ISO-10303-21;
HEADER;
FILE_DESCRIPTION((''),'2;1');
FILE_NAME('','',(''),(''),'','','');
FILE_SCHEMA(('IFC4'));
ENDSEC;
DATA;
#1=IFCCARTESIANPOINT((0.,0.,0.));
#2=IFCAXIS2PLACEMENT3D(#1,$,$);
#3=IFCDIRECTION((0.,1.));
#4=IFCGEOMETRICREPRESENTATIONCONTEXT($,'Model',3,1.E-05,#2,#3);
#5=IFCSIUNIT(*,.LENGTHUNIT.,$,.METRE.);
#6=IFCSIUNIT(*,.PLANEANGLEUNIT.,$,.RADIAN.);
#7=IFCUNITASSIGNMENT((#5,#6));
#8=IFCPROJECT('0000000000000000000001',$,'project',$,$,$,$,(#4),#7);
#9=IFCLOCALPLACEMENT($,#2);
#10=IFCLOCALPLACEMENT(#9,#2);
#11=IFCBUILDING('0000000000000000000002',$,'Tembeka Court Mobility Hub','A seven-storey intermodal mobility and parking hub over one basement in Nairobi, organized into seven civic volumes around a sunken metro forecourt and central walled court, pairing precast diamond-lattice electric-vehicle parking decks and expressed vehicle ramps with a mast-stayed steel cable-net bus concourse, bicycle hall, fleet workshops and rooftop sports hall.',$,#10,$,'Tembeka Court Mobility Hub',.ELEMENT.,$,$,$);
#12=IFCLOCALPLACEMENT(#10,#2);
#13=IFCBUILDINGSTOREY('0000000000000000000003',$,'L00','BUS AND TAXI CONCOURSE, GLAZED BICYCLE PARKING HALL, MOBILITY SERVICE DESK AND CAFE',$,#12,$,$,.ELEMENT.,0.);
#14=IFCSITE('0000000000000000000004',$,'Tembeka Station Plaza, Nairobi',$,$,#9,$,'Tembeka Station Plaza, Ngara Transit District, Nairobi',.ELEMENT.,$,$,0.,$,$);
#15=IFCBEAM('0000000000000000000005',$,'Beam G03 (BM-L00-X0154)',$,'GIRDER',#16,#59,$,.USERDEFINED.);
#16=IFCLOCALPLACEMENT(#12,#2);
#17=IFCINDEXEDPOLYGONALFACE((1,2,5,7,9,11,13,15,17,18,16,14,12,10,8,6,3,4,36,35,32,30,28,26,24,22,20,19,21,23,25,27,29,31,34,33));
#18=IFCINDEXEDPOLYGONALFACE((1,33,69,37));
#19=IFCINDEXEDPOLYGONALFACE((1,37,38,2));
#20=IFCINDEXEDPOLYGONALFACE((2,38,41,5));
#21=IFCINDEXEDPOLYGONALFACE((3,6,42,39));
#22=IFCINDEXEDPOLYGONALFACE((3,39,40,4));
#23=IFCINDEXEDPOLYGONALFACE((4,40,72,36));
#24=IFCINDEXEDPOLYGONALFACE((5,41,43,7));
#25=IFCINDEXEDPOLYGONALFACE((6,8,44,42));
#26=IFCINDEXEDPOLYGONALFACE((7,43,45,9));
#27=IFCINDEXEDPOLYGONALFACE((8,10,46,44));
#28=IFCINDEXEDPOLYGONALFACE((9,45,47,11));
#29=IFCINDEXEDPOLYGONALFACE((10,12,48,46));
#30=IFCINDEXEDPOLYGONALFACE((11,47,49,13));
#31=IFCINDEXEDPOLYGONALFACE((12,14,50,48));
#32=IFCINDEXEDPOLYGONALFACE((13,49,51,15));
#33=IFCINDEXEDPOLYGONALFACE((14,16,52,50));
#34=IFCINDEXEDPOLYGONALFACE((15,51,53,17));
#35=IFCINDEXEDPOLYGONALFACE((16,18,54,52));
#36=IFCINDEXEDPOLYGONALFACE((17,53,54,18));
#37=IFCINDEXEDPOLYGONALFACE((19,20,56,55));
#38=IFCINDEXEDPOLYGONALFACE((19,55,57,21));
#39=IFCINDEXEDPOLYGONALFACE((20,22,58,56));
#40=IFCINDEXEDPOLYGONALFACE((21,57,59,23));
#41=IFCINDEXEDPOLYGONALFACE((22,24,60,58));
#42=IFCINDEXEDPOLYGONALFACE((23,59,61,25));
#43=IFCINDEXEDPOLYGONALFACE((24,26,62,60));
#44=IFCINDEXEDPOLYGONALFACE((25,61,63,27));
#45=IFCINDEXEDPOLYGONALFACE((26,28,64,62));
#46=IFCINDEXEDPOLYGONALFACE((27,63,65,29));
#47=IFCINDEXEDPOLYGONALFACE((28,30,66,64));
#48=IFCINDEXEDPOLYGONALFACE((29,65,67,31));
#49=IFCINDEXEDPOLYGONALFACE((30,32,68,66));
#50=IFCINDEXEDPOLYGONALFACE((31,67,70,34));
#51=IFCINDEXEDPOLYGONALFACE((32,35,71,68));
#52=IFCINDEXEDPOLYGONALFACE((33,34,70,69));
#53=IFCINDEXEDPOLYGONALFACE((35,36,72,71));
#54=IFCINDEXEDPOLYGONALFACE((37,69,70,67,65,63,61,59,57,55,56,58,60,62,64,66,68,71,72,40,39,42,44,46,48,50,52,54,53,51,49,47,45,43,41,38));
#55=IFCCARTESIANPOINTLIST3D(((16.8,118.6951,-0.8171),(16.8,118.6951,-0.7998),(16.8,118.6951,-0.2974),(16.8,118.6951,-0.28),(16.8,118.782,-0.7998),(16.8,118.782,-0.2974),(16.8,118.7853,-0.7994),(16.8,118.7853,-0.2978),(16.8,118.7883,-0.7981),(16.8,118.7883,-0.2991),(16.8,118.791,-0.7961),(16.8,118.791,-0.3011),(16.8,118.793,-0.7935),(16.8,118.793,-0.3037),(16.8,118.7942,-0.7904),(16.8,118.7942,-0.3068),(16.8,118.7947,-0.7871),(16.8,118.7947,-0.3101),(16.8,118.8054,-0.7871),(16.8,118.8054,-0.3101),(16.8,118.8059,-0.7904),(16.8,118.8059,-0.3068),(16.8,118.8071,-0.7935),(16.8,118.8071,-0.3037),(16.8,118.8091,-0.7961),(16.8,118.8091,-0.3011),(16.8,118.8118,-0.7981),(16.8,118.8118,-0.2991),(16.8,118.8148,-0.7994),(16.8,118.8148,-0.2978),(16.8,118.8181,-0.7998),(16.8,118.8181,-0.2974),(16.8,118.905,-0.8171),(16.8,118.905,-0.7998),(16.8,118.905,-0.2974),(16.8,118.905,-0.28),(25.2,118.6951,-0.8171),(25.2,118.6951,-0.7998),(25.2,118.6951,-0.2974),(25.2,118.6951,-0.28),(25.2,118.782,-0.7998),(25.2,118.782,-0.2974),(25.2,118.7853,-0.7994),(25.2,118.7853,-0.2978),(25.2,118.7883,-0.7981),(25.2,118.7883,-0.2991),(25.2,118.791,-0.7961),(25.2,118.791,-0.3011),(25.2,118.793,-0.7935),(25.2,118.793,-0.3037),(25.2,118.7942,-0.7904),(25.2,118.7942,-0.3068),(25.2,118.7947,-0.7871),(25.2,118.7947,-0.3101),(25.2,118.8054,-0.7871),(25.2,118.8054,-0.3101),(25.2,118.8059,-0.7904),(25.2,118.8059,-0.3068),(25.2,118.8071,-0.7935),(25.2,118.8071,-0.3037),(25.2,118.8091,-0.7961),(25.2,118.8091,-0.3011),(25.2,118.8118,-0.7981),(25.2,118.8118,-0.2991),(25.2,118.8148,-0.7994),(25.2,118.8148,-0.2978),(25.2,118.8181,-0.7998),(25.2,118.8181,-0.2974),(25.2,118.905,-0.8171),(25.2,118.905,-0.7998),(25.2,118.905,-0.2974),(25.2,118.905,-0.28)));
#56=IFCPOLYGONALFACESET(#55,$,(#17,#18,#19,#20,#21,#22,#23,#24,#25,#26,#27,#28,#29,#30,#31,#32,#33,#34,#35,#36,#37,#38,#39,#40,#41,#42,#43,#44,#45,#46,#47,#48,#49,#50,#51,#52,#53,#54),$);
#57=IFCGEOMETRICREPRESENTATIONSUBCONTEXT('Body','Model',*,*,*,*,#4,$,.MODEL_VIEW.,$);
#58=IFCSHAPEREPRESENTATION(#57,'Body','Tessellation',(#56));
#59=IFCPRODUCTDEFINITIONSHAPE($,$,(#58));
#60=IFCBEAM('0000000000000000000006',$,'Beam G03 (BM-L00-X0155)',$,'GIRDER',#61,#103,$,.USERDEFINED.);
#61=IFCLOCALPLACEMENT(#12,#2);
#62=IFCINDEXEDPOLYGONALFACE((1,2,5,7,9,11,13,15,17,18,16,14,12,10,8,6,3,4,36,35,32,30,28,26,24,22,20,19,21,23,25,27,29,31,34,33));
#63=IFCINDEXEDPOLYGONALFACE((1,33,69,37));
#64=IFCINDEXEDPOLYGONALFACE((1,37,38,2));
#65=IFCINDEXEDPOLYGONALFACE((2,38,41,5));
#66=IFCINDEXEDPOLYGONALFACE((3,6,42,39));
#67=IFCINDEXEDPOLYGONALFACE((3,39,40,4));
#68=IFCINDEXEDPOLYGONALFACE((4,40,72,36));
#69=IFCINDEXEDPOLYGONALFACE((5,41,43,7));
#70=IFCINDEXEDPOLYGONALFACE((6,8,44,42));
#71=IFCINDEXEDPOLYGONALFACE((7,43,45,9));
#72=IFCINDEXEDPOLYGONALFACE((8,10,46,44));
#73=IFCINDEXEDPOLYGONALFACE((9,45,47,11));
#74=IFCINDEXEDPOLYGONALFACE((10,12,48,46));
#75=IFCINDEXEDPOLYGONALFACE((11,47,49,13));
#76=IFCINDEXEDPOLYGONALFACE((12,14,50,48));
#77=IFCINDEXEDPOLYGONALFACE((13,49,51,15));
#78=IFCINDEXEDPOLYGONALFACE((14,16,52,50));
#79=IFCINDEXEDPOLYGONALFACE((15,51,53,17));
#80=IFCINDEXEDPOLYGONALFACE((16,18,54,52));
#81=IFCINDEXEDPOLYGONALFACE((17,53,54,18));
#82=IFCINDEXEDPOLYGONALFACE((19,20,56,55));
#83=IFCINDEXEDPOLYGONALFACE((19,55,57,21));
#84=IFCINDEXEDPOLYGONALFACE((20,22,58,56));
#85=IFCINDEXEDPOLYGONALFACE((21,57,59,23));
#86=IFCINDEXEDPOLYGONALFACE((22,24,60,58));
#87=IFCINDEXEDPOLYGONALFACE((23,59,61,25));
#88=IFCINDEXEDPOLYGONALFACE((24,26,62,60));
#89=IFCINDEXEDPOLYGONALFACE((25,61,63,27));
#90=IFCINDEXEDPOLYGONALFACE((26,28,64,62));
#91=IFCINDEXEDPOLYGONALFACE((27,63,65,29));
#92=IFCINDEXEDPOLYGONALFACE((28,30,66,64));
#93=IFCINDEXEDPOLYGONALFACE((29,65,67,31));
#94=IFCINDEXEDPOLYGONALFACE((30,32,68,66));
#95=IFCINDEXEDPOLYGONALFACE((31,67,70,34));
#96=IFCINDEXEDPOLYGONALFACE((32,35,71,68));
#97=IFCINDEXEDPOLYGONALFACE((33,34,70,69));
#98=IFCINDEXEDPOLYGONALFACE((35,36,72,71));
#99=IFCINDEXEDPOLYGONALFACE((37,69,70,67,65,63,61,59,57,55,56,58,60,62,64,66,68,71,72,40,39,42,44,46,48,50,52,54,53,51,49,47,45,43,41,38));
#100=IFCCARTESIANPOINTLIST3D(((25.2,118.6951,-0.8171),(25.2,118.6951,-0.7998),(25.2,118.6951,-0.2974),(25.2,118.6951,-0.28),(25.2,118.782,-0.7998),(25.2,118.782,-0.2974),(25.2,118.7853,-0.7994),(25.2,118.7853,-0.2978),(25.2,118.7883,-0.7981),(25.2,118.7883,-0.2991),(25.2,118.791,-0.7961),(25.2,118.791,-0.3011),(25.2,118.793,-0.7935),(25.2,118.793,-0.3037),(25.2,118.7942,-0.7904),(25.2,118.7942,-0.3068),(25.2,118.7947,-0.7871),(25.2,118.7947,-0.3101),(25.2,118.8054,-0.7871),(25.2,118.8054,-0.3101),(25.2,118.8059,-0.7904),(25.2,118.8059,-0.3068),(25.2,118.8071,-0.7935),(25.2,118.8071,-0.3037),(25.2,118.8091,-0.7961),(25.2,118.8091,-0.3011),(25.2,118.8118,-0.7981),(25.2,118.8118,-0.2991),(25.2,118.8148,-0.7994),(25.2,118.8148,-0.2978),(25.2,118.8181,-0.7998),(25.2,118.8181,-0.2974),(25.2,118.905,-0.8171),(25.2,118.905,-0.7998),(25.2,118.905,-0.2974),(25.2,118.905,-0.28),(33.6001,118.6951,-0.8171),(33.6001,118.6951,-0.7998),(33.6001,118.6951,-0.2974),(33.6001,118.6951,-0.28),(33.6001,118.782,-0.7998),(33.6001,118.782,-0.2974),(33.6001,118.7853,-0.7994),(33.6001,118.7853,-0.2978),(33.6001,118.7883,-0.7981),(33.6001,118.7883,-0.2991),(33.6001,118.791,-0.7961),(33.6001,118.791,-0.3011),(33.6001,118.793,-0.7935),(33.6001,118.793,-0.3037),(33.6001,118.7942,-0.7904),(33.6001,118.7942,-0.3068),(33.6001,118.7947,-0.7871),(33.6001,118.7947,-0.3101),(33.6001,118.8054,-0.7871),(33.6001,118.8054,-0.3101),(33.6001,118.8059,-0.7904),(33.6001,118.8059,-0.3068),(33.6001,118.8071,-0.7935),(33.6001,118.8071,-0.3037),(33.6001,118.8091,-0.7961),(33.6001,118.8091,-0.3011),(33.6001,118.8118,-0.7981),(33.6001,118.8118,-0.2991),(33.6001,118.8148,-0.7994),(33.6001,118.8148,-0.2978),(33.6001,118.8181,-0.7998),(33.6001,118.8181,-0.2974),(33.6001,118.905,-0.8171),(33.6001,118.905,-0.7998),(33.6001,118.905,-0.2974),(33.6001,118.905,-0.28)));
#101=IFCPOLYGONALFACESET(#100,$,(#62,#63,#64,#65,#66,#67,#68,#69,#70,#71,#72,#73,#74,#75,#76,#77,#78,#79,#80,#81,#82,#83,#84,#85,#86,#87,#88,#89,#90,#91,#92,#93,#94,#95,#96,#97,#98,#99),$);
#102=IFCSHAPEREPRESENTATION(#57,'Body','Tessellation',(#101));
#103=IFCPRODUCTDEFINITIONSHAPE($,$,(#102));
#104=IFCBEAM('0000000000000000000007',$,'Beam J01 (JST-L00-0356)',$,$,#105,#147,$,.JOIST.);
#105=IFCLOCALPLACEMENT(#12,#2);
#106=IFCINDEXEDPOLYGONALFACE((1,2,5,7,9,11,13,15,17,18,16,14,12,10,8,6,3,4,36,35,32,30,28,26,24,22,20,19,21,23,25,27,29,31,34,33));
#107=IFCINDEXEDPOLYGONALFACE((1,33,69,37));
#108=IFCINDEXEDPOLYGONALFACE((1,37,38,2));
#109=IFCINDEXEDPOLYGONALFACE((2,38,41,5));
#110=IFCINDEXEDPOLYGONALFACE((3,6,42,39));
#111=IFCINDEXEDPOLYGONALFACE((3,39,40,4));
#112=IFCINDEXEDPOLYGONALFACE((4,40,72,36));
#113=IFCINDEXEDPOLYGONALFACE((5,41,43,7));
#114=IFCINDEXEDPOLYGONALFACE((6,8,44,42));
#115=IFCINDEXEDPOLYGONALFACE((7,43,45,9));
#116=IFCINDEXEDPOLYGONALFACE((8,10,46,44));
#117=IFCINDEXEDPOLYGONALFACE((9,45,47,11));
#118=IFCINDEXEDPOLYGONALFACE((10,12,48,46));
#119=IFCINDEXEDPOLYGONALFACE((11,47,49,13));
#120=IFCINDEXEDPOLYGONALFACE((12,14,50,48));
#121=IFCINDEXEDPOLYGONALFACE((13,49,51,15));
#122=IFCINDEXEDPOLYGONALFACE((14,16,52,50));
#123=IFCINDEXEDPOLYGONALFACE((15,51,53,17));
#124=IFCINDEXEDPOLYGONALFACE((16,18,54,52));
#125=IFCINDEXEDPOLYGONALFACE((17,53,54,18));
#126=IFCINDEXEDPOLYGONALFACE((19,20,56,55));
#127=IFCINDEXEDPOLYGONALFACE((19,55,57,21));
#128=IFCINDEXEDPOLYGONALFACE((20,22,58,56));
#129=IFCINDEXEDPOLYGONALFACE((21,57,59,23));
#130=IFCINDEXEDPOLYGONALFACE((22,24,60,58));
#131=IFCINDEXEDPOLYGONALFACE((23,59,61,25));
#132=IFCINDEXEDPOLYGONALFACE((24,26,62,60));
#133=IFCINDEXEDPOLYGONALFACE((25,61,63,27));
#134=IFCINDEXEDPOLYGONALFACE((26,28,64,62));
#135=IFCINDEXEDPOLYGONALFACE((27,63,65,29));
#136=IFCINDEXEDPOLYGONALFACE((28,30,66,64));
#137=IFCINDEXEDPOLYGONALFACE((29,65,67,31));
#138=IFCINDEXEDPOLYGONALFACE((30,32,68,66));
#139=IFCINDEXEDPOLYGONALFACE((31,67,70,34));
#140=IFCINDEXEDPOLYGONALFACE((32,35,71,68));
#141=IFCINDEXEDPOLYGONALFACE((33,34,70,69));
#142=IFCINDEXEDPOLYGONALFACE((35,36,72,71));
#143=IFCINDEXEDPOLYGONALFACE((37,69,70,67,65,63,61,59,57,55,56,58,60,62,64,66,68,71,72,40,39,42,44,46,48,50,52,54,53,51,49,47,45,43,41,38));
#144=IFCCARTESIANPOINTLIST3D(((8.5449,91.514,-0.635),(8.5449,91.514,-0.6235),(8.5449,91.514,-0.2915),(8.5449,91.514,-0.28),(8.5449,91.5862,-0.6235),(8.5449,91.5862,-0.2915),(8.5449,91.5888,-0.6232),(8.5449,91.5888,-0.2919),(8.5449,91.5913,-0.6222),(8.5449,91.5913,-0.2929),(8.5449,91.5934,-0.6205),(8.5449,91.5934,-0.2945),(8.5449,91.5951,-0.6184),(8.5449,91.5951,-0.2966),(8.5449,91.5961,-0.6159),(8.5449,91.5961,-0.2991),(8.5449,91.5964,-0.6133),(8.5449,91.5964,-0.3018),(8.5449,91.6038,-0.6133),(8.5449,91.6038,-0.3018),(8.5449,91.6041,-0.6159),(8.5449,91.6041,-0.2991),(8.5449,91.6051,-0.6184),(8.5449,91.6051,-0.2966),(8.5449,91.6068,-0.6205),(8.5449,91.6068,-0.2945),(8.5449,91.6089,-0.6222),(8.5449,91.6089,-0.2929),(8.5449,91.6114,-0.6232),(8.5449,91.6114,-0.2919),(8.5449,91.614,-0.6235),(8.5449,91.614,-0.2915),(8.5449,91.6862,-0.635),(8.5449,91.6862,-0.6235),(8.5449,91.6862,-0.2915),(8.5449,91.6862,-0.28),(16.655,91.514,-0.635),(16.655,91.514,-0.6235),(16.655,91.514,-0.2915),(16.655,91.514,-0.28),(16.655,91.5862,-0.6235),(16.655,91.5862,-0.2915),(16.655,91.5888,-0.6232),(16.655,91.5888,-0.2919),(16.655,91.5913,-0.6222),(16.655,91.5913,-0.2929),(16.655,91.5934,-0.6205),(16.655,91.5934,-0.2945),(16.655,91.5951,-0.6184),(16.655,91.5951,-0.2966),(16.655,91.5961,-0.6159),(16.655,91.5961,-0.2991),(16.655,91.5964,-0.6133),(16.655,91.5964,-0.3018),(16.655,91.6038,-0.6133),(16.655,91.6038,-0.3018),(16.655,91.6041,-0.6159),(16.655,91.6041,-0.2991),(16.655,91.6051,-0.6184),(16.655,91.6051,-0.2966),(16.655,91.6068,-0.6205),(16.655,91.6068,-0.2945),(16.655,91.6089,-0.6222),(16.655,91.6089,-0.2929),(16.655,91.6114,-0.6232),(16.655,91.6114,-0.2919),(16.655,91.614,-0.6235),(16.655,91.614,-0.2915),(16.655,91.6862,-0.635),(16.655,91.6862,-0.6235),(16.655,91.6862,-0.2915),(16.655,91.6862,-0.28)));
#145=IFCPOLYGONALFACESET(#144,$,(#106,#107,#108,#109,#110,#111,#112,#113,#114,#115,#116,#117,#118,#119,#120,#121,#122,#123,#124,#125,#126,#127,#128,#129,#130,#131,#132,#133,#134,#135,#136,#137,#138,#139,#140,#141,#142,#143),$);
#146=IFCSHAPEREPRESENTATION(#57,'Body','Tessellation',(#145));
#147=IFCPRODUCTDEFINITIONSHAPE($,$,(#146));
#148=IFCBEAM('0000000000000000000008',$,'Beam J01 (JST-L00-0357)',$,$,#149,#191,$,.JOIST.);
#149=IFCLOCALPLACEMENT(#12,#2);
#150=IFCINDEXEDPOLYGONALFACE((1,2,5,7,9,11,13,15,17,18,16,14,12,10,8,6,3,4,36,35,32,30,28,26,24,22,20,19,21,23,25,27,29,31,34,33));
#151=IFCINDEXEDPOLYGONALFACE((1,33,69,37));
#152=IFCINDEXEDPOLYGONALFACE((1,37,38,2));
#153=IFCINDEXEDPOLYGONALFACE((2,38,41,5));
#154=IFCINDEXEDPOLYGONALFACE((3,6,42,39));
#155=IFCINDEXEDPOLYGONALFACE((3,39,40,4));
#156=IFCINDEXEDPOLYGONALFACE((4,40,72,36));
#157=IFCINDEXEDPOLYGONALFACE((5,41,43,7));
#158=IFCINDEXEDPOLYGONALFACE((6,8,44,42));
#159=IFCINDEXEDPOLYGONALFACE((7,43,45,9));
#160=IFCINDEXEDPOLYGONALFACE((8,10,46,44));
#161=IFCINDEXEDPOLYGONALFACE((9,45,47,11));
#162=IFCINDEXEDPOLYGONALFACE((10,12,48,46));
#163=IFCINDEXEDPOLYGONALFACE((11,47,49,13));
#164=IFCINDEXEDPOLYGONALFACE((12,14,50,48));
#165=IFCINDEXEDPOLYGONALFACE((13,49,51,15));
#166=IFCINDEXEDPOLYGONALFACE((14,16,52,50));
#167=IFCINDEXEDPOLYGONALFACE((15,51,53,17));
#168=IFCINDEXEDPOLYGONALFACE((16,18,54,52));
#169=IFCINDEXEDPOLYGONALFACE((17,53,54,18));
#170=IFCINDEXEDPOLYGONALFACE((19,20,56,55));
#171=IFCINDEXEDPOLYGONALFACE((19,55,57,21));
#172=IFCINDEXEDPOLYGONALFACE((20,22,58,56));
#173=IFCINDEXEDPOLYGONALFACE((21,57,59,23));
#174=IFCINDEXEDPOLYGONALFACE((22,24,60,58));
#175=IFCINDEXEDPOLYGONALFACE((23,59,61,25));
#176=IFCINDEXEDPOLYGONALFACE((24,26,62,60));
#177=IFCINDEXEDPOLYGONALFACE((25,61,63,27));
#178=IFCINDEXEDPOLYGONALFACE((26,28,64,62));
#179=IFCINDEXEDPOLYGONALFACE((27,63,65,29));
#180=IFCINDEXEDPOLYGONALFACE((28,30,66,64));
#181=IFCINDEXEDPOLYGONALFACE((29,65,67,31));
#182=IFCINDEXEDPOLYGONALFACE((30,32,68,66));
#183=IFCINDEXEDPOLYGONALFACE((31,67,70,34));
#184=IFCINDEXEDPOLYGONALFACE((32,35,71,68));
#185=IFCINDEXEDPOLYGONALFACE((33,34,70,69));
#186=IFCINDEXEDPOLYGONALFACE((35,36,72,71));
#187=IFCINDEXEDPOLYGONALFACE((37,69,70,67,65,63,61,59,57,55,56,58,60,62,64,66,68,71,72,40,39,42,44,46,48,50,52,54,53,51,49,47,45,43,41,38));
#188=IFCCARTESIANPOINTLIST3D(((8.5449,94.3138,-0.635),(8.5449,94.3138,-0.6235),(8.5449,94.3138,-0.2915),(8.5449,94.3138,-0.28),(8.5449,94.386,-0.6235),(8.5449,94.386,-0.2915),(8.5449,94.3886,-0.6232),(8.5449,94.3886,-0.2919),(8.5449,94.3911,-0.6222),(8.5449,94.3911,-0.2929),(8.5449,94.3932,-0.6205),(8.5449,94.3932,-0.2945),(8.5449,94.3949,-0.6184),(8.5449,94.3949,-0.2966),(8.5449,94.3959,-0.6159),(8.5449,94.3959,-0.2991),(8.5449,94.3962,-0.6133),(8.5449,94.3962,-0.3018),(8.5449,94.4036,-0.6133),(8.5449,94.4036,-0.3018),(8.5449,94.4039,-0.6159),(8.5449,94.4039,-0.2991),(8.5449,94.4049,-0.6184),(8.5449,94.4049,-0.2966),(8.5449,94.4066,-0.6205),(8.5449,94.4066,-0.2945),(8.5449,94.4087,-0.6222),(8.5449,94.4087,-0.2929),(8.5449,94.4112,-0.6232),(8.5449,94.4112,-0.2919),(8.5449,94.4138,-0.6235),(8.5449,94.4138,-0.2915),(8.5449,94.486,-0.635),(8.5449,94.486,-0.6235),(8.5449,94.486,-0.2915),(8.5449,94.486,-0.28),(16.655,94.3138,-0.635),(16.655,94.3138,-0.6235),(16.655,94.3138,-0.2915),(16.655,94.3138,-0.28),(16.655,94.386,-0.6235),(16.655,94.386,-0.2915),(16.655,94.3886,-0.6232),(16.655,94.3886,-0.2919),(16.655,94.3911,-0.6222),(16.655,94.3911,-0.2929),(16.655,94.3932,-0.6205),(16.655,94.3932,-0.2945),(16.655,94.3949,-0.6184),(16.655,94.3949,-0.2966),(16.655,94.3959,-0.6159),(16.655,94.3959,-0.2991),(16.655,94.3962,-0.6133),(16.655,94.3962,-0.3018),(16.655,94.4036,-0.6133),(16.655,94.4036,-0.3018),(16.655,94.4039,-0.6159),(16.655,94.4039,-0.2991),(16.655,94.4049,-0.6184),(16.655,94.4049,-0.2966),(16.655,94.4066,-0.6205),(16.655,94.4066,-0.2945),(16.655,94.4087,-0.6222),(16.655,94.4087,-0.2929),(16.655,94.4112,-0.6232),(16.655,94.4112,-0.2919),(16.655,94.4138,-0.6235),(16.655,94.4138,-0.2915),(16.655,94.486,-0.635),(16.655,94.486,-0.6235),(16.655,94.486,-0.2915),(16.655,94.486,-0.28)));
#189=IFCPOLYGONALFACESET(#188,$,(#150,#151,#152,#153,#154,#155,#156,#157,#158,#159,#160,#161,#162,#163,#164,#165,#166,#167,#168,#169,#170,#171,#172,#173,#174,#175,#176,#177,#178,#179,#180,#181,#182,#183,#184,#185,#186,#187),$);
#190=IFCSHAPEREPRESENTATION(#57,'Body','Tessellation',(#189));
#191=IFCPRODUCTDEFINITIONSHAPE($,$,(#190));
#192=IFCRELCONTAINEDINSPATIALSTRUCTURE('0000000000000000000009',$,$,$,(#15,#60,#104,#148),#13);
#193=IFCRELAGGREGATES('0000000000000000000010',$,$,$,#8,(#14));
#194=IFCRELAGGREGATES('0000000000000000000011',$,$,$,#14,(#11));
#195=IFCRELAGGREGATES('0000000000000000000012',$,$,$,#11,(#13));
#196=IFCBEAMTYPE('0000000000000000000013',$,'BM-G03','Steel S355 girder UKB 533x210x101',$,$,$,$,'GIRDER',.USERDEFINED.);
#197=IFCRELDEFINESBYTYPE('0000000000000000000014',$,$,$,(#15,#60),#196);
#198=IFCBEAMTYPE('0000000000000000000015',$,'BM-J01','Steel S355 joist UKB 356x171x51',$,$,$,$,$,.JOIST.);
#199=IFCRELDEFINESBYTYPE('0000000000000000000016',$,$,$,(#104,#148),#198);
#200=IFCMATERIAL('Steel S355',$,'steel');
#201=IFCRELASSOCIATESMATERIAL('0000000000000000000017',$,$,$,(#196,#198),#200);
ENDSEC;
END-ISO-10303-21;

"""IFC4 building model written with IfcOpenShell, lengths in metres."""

from ifc_helpers import new_model, si_unit, direction, frame, origin, origin_2d, place, context, subcontext, project, spatial, i_section, extrude, material, material_profile, profile_set, type_object, element, save


model = new_model("IFC4")

# Units and contexts
model_context = context("Model", 3, precision=1e-05, world=origin(), true_north=direction((0.0, 1.0)))
body_context = subcontext(model_context, "Body", "Model", "MODEL_VIEW")
ifc_project = project(units=[si_unit("LENGTHUNIT", "METRE"), si_unit("PLANEANGLEUNIT", "RADIAN")], contexts=[model_context])

# Site, building, storey
site_placement = place(None, origin())
site = spatial("IfcSite", under=ifc_project, at=site_placement, Name="Tembeka Station Plaza, Nairobi", LongName="Tembeka Station Plaza, Ngara Transit District, Nairobi", CompositionType="ELEMENT", RefElevation=0.0)
building_placement = place(site_placement, origin())
building = spatial("IfcBuilding", under=site, at=building_placement, Name="Tembeka Court Mobility Hub", Description="A seven-storey intermodal mobility and parking hub over one basement in Nairobi, organized into seven civic volumes around a sunken metro forecourt and central walled court, pairing precast diamond-lattice electric-vehicle parking decks and expressed vehicle ramps with a mast-stayed steel cable-net bus concourse, bicycle hall, fleet workshops and rooftop sports hall.", LongName="Tembeka Court Mobility Hub", CompositionType="ELEMENT")
storey_placement = place(building_placement, origin())
storey = spatial("IfcBuildingStorey", under=building, at=storey_placement, Name="L00", Description="BUS AND TAXI CONCOURSE, GLAZED BICYCLE PARKING HALL, MOBILITY SERVICE DESK AND CAFE", CompositionType="ELEMENT", Elevation=0.0)

# Shared definitions
ifc_material_1 = material(Name="Steel S355", Category="steel")

# Beams
ifc_material_profile_1 = material_profile(ifc_material_1, i_section(OverallWidth=0.21, OverallDepth=0.5371, WebThickness=0.0107, FlangeThickness=0.0173, FilletRadius=0.0127, at=origin_2d()), Name="UKB 533x210x101")
ifc_profile_set_1 = profile_set([ifc_material_profile_1], Name="Steel S355")
beam_type_1 = type_object("IfcBeamType", Name="BM-G03", Description="Steel S355 girder UKB 533x210x101", ElementType="GIRDER", PredefinedType="USERDEFINED", material=ifc_profile_set_1)
beam_1_placement = place(storey_placement, frame((16.8, 118.8, -0.5486), z_axis=(1.0, 0.0, 0.0), x_axis=(0.0, 1.0, 0.0)))
element("IfcBeam", 1, at=beam_1_placement, inside=storey, type_object=beam_type_1, Name="Beam G03 (BM-L00-X0154)", ObjectType="GIRDER", PredefinedType="USERDEFINED", context=body_context, shape_type="SweptSolid", body=[
    extrude(i_section(OverallWidth=0.21, OverallDepth=0.5371, WebThickness=0.0107, FlangeThickness=0.0173, FilletRadius=0.0127, at=origin_2d()), origin(), (0.0, 0.0, 1.0), 8.3999),
])
beam_2_placement = place(storey_placement, frame((25.2, 118.8, -0.5486), z_axis=(1.0, 0.0, 0.0), x_axis=(0.0, 1.0, 0.0)))
element("IfcBeam", 2, at=beam_2_placement, inside=storey, type_object=beam_type_1, Name="Beam G03 (BM-L00-X0155)", ObjectType="GIRDER", PredefinedType="USERDEFINED", context=body_context, shape_type="SweptSolid", body=[
    extrude(i_section(OverallWidth=0.21, OverallDepth=0.5371, WebThickness=0.0107, FlangeThickness=0.0173, FilletRadius=0.0127, at=origin_2d()), origin(), (0.0, 0.0, 1.0), 8.4001),
])
ifc_material_profile_2 = material_profile(ifc_material_1, i_section(OverallWidth=0.1721, OverallDepth=0.355, WebThickness=0.0073, FlangeThickness=0.0115, FilletRadius=0.0103, at=origin_2d()), Name="UKB 356x171x51")
ifc_profile_set_2 = profile_set([ifc_material_profile_2], Name="Steel S355")
beam_type_2 = type_object("IfcBeamType", Name="BM-J01", Description="Steel S355 joist UKB 356x171x51", PredefinedType="JOIST", material=ifc_profile_set_2)
for number, where, z_axis, x_axis, name in (
    (3, (8.5449, 91.6001, -0.4575), (1.0, 0.0, 0.0), (0.0, 1.0, 0.0), "Beam J01 (JST-L00-0356)"),
    (4, (8.5449, 94.3999, -0.4575), (1.0, 0.0, 0.0), (0.0, 1.0, 0.0), "Beam J01 (JST-L00-0357)"),
):
    element("IfcBeam", number, at=place(storey_placement, frame(where, z_axis=z_axis, x_axis=x_axis)), inside=storey, type_object=beam_type_2, Name=name, PredefinedType="JOIST", context=body_context, shape_type="SweptSolid", body=[
        extrude(i_section(OverallWidth=0.1721, OverallDepth=0.355, WebThickness=0.0073, FlangeThickness=0.0115, FilletRadius=0.0103, at=origin_2d()), origin(), (0.0, 0.0, 1.0), 8.1101),
    ])

save(model, "model.ifc")
